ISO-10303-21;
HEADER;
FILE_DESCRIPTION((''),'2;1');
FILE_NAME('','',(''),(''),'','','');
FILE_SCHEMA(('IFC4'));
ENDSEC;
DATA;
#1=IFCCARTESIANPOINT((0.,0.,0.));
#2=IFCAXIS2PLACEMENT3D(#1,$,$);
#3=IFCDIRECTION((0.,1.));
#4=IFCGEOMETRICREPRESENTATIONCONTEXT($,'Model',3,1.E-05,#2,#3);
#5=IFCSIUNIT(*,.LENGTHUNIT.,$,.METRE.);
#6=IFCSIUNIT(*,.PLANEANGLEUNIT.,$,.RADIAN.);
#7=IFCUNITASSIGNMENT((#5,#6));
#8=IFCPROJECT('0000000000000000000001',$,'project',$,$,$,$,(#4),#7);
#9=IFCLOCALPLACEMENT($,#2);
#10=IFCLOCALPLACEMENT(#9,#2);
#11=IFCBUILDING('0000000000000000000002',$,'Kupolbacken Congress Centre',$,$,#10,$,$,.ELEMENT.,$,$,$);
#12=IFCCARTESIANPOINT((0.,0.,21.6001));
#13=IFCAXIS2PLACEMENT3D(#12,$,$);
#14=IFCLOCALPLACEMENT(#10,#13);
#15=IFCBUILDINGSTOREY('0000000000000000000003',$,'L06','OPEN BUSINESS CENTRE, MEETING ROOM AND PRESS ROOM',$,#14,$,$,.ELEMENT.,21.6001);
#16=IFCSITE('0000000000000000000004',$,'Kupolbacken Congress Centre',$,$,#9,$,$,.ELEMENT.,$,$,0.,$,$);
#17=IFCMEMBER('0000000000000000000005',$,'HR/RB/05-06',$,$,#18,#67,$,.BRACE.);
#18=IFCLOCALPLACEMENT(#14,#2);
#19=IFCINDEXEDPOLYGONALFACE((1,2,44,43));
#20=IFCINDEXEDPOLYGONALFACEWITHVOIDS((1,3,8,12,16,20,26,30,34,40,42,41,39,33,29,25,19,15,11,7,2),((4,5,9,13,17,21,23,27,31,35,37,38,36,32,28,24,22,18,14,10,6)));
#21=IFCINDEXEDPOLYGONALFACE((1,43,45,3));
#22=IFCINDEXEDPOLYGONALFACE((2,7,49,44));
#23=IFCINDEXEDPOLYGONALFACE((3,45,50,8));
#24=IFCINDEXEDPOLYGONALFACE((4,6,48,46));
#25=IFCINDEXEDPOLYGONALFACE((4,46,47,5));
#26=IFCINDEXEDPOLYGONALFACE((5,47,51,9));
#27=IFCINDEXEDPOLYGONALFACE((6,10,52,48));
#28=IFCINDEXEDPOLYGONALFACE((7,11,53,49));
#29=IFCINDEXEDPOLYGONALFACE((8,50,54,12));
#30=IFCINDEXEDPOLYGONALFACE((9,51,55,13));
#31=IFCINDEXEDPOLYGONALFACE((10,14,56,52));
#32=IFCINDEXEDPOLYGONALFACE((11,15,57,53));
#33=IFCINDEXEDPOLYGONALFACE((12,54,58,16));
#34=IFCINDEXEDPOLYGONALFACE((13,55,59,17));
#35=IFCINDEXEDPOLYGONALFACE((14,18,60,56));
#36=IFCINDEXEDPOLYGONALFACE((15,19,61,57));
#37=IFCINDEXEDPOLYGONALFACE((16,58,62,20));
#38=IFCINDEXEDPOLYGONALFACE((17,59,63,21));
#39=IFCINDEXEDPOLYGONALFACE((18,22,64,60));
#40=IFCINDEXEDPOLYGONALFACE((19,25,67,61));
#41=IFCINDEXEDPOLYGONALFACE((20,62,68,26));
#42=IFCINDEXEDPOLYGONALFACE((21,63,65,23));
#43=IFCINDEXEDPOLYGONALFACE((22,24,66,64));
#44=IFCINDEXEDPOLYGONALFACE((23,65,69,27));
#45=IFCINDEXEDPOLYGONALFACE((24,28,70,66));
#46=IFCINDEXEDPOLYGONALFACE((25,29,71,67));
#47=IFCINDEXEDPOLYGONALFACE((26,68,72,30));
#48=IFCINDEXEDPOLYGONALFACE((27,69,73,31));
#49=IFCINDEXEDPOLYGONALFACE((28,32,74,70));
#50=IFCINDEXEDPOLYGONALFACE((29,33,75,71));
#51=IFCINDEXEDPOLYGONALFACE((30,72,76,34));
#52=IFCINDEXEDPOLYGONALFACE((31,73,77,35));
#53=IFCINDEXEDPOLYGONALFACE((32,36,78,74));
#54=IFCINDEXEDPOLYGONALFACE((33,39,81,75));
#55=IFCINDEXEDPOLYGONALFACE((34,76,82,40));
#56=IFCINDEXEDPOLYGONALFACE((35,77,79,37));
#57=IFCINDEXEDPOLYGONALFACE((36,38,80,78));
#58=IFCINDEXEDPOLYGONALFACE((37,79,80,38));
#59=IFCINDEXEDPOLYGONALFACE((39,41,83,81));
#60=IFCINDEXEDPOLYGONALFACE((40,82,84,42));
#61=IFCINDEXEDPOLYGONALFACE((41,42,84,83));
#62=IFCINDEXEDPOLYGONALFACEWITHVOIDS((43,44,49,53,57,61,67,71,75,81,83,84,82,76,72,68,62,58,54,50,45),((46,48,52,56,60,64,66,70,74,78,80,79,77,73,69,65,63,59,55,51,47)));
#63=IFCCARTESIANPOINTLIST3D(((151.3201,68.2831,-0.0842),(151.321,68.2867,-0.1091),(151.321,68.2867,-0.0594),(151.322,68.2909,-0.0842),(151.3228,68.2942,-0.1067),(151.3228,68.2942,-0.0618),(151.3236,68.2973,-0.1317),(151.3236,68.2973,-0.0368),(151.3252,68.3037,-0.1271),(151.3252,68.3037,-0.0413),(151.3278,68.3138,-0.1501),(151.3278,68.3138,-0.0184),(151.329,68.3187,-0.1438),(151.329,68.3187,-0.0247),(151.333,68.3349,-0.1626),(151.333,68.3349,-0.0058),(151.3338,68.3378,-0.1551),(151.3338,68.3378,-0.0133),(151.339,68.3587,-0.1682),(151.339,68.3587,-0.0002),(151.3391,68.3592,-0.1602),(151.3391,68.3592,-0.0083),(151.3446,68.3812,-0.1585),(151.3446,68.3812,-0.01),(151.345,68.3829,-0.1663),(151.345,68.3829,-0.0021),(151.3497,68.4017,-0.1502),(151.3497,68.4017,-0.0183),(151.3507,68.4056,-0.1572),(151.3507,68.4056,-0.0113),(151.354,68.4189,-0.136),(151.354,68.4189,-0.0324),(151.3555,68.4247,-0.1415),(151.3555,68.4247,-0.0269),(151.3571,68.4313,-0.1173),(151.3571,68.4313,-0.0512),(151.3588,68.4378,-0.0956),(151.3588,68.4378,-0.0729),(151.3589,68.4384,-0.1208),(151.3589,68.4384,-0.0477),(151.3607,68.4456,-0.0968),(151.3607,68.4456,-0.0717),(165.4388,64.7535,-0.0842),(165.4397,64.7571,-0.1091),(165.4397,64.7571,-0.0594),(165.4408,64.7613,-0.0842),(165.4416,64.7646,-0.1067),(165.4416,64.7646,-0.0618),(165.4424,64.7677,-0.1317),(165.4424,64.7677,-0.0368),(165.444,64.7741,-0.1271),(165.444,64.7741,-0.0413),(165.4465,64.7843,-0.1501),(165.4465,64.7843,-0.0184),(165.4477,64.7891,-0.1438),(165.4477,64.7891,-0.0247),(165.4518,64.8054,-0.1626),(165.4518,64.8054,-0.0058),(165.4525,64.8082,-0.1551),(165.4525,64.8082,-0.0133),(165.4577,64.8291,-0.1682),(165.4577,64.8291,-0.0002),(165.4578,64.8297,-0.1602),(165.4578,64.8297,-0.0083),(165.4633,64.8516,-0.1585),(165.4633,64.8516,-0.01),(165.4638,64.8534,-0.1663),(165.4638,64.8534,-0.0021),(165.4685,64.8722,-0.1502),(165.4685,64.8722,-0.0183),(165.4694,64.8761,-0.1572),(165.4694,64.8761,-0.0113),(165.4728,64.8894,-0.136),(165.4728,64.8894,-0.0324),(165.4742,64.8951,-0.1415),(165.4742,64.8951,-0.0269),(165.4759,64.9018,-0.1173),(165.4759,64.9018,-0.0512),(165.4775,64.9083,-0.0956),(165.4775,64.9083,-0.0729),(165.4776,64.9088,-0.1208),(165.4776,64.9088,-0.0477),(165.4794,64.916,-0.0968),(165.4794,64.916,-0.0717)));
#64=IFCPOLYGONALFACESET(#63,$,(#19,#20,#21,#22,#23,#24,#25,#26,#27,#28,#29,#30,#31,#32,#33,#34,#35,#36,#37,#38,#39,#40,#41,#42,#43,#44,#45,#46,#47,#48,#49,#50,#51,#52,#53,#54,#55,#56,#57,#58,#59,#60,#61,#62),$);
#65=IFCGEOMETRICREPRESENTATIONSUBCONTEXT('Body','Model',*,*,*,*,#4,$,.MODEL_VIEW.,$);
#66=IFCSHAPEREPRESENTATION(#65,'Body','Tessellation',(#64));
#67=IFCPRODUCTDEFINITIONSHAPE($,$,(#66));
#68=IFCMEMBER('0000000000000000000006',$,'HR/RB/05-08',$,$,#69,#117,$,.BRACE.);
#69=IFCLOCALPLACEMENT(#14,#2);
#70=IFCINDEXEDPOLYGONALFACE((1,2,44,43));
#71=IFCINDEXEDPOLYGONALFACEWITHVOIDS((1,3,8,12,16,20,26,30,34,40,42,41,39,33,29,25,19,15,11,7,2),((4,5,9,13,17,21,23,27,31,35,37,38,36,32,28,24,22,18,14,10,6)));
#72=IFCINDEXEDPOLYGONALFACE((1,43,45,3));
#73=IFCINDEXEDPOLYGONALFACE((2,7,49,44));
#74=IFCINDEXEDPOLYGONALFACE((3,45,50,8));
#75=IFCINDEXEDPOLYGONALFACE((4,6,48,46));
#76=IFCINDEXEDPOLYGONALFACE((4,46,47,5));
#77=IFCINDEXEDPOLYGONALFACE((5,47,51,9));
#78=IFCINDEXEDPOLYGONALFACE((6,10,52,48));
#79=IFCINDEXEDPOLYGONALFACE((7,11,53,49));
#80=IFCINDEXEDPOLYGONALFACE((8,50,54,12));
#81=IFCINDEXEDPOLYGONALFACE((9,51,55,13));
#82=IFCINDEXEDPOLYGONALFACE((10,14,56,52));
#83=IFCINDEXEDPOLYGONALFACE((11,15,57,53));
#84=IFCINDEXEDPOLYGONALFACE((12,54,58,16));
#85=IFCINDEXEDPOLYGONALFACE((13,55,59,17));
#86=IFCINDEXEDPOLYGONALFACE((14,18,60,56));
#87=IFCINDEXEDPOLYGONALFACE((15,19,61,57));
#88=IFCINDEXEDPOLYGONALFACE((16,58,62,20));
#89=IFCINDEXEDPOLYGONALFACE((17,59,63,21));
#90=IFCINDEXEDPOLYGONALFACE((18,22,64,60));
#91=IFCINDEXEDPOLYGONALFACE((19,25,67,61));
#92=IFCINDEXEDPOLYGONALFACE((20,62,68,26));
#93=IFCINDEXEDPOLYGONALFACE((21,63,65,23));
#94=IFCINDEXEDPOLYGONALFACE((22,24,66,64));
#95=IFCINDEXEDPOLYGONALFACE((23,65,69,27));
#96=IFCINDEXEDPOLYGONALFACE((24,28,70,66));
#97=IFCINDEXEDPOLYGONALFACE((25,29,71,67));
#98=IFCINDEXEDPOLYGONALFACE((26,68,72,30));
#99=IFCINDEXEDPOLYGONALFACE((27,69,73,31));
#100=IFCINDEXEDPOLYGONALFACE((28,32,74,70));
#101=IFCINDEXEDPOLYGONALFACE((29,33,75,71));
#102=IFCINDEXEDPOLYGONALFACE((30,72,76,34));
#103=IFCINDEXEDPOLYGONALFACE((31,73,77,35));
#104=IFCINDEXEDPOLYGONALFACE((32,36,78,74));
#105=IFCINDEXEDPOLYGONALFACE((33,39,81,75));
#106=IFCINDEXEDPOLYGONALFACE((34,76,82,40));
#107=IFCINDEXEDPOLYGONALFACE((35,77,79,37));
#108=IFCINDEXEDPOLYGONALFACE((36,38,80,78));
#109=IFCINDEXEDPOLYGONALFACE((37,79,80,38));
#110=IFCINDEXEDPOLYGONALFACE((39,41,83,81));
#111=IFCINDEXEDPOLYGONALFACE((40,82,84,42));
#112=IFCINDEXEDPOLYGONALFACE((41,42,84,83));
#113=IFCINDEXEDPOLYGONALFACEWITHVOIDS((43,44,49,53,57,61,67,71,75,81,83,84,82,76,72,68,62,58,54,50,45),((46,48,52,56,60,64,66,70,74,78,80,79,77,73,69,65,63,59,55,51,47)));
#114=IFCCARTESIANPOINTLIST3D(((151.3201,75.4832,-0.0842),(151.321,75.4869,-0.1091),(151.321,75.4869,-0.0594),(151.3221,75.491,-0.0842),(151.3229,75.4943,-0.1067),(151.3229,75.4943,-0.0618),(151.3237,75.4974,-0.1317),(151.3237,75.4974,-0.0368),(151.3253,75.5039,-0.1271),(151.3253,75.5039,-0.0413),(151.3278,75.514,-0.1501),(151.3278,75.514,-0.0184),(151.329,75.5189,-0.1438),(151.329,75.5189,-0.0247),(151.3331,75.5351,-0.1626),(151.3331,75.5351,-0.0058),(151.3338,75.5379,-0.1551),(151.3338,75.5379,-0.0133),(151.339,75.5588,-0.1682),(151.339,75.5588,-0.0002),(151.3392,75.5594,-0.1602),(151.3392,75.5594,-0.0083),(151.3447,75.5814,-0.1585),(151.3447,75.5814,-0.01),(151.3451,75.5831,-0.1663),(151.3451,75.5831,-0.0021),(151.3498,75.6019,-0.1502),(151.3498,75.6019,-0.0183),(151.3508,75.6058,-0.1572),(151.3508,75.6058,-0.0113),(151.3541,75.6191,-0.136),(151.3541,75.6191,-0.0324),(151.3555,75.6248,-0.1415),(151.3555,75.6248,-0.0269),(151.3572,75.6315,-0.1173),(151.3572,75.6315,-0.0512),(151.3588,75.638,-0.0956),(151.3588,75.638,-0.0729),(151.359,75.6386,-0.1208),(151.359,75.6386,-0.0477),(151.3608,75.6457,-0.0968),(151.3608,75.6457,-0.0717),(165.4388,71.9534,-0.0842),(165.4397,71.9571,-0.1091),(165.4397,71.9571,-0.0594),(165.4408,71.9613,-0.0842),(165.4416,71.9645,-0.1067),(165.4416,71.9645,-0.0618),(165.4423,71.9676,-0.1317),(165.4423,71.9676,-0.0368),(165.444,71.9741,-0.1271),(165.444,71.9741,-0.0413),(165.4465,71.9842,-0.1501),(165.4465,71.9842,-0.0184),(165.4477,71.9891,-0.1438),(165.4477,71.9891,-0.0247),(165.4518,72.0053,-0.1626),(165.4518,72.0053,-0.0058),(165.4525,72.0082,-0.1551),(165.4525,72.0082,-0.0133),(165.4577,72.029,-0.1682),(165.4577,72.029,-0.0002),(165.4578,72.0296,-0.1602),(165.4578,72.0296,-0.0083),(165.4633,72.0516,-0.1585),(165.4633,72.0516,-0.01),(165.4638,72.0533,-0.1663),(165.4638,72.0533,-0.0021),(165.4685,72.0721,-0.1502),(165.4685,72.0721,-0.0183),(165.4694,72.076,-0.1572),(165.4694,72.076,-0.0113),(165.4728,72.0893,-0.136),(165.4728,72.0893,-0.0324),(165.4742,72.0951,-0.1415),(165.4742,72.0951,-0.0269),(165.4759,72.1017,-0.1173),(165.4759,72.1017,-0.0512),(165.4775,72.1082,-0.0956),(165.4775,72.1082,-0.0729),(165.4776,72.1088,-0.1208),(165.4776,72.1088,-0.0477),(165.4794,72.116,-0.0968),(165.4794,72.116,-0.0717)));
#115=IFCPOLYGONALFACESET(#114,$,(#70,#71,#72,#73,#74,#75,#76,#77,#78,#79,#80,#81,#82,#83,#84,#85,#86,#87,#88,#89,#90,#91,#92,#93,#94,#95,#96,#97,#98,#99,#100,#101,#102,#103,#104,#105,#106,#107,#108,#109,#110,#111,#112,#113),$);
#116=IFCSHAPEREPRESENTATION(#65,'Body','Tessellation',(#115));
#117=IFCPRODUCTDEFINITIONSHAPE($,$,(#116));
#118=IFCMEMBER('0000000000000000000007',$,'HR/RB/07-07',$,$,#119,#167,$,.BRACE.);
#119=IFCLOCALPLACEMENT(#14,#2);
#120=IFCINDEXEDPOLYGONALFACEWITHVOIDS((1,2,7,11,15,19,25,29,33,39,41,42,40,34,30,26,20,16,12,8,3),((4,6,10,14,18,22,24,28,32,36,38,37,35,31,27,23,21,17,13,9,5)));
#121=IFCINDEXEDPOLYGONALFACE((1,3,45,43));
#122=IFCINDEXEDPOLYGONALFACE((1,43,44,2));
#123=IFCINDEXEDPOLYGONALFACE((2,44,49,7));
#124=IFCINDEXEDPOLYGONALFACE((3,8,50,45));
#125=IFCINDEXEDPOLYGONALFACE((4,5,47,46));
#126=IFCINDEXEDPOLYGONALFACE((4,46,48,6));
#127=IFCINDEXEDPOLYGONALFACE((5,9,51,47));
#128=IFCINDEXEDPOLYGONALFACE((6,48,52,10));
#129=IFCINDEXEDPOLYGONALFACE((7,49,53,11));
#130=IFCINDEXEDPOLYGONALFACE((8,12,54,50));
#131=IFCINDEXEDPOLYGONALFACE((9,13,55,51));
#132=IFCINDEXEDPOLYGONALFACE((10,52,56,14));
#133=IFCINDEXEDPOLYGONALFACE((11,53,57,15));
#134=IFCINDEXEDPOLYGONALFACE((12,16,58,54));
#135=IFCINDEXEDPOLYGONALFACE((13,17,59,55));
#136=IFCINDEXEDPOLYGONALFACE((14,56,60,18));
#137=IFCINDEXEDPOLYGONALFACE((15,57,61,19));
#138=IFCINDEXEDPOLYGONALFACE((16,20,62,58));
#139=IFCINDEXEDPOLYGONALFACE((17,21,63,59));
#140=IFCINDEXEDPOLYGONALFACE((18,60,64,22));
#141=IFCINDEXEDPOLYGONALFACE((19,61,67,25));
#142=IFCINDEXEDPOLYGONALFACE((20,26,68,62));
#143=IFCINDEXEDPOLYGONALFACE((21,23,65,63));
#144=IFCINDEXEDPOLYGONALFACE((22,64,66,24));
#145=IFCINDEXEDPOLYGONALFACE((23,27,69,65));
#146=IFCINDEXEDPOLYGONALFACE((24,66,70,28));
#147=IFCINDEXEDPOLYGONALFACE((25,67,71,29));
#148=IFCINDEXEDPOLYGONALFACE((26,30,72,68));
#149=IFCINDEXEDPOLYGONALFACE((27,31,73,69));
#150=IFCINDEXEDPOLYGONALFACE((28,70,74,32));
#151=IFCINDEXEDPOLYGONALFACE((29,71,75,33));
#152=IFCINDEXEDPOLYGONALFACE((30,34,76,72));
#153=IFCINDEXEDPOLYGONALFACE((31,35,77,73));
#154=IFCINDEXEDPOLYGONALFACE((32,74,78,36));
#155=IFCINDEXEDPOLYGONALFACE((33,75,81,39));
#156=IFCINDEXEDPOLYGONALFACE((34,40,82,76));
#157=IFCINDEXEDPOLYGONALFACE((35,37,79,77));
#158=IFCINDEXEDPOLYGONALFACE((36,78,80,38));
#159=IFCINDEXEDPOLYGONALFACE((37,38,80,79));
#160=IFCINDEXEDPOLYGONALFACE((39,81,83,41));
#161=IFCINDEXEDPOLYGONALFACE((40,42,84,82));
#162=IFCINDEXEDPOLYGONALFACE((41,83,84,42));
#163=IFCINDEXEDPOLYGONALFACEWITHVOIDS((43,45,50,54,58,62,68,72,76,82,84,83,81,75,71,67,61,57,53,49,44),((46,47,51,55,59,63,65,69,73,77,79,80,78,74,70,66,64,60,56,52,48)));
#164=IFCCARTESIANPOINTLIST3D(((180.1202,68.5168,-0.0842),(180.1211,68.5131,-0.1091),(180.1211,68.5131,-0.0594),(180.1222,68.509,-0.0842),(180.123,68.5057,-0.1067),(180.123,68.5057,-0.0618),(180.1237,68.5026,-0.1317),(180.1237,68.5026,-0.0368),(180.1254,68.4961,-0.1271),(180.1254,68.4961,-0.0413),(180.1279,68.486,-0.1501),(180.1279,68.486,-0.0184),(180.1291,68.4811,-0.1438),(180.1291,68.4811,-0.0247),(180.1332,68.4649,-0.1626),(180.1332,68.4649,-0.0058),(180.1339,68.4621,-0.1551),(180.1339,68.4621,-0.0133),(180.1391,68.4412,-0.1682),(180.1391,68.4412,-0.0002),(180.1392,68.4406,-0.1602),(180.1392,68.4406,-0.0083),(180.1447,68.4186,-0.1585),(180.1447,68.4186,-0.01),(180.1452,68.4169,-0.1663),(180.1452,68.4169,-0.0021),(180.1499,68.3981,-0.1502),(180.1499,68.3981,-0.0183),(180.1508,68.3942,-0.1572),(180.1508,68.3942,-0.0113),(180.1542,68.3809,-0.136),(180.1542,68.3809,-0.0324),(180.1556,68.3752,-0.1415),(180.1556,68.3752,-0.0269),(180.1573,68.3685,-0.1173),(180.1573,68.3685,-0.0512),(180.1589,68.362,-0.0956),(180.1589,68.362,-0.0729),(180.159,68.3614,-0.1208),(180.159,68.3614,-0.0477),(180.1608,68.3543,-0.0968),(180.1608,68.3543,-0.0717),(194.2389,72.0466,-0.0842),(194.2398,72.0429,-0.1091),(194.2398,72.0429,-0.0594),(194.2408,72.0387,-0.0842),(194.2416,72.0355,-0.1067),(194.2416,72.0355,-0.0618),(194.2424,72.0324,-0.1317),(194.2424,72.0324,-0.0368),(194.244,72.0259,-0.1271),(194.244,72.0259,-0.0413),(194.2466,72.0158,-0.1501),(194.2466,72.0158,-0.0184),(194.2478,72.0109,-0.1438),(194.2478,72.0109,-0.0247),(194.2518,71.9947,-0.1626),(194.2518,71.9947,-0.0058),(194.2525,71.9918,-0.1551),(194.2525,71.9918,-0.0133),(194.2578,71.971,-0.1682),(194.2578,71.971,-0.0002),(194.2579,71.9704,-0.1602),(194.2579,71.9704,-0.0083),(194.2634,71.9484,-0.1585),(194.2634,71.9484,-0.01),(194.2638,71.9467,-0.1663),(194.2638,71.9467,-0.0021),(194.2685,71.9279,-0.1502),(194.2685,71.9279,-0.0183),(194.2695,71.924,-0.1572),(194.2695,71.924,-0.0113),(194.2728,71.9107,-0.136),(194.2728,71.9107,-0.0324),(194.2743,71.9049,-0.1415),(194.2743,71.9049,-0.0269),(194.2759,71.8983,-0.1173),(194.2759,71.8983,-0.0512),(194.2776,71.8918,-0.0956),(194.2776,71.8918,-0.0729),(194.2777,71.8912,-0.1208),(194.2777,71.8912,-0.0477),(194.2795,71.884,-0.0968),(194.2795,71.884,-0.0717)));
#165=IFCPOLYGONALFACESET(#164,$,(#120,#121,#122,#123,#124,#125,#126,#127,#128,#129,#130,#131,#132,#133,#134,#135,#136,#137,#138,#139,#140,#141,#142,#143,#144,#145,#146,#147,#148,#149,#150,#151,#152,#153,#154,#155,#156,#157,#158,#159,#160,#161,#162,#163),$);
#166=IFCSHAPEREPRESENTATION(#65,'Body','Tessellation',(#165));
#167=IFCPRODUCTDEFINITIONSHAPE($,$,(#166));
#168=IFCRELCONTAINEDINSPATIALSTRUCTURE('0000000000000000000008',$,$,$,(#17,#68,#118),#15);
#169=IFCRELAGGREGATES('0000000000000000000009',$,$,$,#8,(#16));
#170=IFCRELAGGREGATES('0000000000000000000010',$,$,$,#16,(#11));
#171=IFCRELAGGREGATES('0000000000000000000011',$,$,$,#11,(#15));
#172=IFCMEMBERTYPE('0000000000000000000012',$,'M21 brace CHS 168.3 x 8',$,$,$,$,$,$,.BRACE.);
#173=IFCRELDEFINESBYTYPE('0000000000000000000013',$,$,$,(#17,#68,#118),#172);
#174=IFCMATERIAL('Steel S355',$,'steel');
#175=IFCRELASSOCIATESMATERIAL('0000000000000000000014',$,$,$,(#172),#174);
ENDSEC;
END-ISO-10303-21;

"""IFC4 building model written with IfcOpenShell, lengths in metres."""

from ifc_helpers import new_model, si_unit, direction, frame, origin, origin_2d, place, context, subcontext, project, spatial, hollow_circle, extrude, material, material_profile, profile_set, type_object, element, save


model = new_model("IFC4")

# Units and contexts
model_context = context("Model", 3, precision=1e-05, world=origin(), true_north=direction((0.0, 1.0)))
body_context = subcontext(model_context, "Body", "Model", "MODEL_VIEW")
ifc_project = project(units=[si_unit("LENGTHUNIT", "METRE"), si_unit("PLANEANGLEUNIT", "RADIAN")], contexts=[model_context])

# Site, building, storey
site_placement = place(None, origin())
site = spatial("IfcSite", under=ifc_project, at=site_placement, Name="Kupolbacken Congress Centre", CompositionType="ELEMENT", RefElevation=0.0)
building_placement = place(site_placement, origin())
building = spatial("IfcBuilding", under=site, at=building_placement, Name="Kupolbacken Congress Centre", CompositionType="ELEMENT")
storey_placement = place(building_placement, frame((0.0, 0.0, 21.6001)))
storey = spatial("IfcBuildingStorey", under=building, at=storey_placement, Name="L06", Description="OPEN BUSINESS CENTRE, MEETING ROOM AND PRESS ROOM", CompositionType="ELEMENT", Elevation=21.6001)

# Members
ifc_material_1 = material(Name="Steel S355", Category="steel")
ifc_material_profile_1 = material_profile(ifc_material_1, hollow_circle(Radius=0.0842, WallThickness=0.0081, at=origin_2d()), Name="CHS 168.3 x 8")
ifc_profile_set_1 = profile_set([ifc_material_profile_1], Name="Steel S355")
member_type_1 = type_object("IfcMemberType", Name="M21 brace CHS 168.3 x 8", PredefinedType="BRACE", material=ifc_profile_set_1)
for number, where, z_axis, x_axis, name in (
    (1, (165.4592, 64.8352, -0.0842), (-0.970144, 0.242528, 0.0), (-0.242528, -0.970144, 0.0), "HR/RB/05-06"),
    (2, (165.4592, 72.0352, -0.0842), (-0.970141, 0.242544, 0.0), (-0.242544, -0.970141, 0.0), "HR/RB/05-08"),
    (3, (180.1406, 68.4351, -0.0842), (0.970141, 0.242544, 0.0), (-0.242544, 0.970141, 0.0), "HR/RB/07-07"),
):
    element("IfcMember", number, at=place(storey_placement, frame(where, z_axis=z_axis, x_axis=x_axis)), inside=storey, type_object=member_type_1, Name=name, PredefinedType="BRACE", context=body_context, shape_type="SweptSolid", body=[
        extrude(hollow_circle(Radius=0.0842, WallThickness=0.0081, at=origin_2d()), origin(), (0.0, 0.0, 1.0), 14.5532),
    ])

save(model, "model.ifc")
